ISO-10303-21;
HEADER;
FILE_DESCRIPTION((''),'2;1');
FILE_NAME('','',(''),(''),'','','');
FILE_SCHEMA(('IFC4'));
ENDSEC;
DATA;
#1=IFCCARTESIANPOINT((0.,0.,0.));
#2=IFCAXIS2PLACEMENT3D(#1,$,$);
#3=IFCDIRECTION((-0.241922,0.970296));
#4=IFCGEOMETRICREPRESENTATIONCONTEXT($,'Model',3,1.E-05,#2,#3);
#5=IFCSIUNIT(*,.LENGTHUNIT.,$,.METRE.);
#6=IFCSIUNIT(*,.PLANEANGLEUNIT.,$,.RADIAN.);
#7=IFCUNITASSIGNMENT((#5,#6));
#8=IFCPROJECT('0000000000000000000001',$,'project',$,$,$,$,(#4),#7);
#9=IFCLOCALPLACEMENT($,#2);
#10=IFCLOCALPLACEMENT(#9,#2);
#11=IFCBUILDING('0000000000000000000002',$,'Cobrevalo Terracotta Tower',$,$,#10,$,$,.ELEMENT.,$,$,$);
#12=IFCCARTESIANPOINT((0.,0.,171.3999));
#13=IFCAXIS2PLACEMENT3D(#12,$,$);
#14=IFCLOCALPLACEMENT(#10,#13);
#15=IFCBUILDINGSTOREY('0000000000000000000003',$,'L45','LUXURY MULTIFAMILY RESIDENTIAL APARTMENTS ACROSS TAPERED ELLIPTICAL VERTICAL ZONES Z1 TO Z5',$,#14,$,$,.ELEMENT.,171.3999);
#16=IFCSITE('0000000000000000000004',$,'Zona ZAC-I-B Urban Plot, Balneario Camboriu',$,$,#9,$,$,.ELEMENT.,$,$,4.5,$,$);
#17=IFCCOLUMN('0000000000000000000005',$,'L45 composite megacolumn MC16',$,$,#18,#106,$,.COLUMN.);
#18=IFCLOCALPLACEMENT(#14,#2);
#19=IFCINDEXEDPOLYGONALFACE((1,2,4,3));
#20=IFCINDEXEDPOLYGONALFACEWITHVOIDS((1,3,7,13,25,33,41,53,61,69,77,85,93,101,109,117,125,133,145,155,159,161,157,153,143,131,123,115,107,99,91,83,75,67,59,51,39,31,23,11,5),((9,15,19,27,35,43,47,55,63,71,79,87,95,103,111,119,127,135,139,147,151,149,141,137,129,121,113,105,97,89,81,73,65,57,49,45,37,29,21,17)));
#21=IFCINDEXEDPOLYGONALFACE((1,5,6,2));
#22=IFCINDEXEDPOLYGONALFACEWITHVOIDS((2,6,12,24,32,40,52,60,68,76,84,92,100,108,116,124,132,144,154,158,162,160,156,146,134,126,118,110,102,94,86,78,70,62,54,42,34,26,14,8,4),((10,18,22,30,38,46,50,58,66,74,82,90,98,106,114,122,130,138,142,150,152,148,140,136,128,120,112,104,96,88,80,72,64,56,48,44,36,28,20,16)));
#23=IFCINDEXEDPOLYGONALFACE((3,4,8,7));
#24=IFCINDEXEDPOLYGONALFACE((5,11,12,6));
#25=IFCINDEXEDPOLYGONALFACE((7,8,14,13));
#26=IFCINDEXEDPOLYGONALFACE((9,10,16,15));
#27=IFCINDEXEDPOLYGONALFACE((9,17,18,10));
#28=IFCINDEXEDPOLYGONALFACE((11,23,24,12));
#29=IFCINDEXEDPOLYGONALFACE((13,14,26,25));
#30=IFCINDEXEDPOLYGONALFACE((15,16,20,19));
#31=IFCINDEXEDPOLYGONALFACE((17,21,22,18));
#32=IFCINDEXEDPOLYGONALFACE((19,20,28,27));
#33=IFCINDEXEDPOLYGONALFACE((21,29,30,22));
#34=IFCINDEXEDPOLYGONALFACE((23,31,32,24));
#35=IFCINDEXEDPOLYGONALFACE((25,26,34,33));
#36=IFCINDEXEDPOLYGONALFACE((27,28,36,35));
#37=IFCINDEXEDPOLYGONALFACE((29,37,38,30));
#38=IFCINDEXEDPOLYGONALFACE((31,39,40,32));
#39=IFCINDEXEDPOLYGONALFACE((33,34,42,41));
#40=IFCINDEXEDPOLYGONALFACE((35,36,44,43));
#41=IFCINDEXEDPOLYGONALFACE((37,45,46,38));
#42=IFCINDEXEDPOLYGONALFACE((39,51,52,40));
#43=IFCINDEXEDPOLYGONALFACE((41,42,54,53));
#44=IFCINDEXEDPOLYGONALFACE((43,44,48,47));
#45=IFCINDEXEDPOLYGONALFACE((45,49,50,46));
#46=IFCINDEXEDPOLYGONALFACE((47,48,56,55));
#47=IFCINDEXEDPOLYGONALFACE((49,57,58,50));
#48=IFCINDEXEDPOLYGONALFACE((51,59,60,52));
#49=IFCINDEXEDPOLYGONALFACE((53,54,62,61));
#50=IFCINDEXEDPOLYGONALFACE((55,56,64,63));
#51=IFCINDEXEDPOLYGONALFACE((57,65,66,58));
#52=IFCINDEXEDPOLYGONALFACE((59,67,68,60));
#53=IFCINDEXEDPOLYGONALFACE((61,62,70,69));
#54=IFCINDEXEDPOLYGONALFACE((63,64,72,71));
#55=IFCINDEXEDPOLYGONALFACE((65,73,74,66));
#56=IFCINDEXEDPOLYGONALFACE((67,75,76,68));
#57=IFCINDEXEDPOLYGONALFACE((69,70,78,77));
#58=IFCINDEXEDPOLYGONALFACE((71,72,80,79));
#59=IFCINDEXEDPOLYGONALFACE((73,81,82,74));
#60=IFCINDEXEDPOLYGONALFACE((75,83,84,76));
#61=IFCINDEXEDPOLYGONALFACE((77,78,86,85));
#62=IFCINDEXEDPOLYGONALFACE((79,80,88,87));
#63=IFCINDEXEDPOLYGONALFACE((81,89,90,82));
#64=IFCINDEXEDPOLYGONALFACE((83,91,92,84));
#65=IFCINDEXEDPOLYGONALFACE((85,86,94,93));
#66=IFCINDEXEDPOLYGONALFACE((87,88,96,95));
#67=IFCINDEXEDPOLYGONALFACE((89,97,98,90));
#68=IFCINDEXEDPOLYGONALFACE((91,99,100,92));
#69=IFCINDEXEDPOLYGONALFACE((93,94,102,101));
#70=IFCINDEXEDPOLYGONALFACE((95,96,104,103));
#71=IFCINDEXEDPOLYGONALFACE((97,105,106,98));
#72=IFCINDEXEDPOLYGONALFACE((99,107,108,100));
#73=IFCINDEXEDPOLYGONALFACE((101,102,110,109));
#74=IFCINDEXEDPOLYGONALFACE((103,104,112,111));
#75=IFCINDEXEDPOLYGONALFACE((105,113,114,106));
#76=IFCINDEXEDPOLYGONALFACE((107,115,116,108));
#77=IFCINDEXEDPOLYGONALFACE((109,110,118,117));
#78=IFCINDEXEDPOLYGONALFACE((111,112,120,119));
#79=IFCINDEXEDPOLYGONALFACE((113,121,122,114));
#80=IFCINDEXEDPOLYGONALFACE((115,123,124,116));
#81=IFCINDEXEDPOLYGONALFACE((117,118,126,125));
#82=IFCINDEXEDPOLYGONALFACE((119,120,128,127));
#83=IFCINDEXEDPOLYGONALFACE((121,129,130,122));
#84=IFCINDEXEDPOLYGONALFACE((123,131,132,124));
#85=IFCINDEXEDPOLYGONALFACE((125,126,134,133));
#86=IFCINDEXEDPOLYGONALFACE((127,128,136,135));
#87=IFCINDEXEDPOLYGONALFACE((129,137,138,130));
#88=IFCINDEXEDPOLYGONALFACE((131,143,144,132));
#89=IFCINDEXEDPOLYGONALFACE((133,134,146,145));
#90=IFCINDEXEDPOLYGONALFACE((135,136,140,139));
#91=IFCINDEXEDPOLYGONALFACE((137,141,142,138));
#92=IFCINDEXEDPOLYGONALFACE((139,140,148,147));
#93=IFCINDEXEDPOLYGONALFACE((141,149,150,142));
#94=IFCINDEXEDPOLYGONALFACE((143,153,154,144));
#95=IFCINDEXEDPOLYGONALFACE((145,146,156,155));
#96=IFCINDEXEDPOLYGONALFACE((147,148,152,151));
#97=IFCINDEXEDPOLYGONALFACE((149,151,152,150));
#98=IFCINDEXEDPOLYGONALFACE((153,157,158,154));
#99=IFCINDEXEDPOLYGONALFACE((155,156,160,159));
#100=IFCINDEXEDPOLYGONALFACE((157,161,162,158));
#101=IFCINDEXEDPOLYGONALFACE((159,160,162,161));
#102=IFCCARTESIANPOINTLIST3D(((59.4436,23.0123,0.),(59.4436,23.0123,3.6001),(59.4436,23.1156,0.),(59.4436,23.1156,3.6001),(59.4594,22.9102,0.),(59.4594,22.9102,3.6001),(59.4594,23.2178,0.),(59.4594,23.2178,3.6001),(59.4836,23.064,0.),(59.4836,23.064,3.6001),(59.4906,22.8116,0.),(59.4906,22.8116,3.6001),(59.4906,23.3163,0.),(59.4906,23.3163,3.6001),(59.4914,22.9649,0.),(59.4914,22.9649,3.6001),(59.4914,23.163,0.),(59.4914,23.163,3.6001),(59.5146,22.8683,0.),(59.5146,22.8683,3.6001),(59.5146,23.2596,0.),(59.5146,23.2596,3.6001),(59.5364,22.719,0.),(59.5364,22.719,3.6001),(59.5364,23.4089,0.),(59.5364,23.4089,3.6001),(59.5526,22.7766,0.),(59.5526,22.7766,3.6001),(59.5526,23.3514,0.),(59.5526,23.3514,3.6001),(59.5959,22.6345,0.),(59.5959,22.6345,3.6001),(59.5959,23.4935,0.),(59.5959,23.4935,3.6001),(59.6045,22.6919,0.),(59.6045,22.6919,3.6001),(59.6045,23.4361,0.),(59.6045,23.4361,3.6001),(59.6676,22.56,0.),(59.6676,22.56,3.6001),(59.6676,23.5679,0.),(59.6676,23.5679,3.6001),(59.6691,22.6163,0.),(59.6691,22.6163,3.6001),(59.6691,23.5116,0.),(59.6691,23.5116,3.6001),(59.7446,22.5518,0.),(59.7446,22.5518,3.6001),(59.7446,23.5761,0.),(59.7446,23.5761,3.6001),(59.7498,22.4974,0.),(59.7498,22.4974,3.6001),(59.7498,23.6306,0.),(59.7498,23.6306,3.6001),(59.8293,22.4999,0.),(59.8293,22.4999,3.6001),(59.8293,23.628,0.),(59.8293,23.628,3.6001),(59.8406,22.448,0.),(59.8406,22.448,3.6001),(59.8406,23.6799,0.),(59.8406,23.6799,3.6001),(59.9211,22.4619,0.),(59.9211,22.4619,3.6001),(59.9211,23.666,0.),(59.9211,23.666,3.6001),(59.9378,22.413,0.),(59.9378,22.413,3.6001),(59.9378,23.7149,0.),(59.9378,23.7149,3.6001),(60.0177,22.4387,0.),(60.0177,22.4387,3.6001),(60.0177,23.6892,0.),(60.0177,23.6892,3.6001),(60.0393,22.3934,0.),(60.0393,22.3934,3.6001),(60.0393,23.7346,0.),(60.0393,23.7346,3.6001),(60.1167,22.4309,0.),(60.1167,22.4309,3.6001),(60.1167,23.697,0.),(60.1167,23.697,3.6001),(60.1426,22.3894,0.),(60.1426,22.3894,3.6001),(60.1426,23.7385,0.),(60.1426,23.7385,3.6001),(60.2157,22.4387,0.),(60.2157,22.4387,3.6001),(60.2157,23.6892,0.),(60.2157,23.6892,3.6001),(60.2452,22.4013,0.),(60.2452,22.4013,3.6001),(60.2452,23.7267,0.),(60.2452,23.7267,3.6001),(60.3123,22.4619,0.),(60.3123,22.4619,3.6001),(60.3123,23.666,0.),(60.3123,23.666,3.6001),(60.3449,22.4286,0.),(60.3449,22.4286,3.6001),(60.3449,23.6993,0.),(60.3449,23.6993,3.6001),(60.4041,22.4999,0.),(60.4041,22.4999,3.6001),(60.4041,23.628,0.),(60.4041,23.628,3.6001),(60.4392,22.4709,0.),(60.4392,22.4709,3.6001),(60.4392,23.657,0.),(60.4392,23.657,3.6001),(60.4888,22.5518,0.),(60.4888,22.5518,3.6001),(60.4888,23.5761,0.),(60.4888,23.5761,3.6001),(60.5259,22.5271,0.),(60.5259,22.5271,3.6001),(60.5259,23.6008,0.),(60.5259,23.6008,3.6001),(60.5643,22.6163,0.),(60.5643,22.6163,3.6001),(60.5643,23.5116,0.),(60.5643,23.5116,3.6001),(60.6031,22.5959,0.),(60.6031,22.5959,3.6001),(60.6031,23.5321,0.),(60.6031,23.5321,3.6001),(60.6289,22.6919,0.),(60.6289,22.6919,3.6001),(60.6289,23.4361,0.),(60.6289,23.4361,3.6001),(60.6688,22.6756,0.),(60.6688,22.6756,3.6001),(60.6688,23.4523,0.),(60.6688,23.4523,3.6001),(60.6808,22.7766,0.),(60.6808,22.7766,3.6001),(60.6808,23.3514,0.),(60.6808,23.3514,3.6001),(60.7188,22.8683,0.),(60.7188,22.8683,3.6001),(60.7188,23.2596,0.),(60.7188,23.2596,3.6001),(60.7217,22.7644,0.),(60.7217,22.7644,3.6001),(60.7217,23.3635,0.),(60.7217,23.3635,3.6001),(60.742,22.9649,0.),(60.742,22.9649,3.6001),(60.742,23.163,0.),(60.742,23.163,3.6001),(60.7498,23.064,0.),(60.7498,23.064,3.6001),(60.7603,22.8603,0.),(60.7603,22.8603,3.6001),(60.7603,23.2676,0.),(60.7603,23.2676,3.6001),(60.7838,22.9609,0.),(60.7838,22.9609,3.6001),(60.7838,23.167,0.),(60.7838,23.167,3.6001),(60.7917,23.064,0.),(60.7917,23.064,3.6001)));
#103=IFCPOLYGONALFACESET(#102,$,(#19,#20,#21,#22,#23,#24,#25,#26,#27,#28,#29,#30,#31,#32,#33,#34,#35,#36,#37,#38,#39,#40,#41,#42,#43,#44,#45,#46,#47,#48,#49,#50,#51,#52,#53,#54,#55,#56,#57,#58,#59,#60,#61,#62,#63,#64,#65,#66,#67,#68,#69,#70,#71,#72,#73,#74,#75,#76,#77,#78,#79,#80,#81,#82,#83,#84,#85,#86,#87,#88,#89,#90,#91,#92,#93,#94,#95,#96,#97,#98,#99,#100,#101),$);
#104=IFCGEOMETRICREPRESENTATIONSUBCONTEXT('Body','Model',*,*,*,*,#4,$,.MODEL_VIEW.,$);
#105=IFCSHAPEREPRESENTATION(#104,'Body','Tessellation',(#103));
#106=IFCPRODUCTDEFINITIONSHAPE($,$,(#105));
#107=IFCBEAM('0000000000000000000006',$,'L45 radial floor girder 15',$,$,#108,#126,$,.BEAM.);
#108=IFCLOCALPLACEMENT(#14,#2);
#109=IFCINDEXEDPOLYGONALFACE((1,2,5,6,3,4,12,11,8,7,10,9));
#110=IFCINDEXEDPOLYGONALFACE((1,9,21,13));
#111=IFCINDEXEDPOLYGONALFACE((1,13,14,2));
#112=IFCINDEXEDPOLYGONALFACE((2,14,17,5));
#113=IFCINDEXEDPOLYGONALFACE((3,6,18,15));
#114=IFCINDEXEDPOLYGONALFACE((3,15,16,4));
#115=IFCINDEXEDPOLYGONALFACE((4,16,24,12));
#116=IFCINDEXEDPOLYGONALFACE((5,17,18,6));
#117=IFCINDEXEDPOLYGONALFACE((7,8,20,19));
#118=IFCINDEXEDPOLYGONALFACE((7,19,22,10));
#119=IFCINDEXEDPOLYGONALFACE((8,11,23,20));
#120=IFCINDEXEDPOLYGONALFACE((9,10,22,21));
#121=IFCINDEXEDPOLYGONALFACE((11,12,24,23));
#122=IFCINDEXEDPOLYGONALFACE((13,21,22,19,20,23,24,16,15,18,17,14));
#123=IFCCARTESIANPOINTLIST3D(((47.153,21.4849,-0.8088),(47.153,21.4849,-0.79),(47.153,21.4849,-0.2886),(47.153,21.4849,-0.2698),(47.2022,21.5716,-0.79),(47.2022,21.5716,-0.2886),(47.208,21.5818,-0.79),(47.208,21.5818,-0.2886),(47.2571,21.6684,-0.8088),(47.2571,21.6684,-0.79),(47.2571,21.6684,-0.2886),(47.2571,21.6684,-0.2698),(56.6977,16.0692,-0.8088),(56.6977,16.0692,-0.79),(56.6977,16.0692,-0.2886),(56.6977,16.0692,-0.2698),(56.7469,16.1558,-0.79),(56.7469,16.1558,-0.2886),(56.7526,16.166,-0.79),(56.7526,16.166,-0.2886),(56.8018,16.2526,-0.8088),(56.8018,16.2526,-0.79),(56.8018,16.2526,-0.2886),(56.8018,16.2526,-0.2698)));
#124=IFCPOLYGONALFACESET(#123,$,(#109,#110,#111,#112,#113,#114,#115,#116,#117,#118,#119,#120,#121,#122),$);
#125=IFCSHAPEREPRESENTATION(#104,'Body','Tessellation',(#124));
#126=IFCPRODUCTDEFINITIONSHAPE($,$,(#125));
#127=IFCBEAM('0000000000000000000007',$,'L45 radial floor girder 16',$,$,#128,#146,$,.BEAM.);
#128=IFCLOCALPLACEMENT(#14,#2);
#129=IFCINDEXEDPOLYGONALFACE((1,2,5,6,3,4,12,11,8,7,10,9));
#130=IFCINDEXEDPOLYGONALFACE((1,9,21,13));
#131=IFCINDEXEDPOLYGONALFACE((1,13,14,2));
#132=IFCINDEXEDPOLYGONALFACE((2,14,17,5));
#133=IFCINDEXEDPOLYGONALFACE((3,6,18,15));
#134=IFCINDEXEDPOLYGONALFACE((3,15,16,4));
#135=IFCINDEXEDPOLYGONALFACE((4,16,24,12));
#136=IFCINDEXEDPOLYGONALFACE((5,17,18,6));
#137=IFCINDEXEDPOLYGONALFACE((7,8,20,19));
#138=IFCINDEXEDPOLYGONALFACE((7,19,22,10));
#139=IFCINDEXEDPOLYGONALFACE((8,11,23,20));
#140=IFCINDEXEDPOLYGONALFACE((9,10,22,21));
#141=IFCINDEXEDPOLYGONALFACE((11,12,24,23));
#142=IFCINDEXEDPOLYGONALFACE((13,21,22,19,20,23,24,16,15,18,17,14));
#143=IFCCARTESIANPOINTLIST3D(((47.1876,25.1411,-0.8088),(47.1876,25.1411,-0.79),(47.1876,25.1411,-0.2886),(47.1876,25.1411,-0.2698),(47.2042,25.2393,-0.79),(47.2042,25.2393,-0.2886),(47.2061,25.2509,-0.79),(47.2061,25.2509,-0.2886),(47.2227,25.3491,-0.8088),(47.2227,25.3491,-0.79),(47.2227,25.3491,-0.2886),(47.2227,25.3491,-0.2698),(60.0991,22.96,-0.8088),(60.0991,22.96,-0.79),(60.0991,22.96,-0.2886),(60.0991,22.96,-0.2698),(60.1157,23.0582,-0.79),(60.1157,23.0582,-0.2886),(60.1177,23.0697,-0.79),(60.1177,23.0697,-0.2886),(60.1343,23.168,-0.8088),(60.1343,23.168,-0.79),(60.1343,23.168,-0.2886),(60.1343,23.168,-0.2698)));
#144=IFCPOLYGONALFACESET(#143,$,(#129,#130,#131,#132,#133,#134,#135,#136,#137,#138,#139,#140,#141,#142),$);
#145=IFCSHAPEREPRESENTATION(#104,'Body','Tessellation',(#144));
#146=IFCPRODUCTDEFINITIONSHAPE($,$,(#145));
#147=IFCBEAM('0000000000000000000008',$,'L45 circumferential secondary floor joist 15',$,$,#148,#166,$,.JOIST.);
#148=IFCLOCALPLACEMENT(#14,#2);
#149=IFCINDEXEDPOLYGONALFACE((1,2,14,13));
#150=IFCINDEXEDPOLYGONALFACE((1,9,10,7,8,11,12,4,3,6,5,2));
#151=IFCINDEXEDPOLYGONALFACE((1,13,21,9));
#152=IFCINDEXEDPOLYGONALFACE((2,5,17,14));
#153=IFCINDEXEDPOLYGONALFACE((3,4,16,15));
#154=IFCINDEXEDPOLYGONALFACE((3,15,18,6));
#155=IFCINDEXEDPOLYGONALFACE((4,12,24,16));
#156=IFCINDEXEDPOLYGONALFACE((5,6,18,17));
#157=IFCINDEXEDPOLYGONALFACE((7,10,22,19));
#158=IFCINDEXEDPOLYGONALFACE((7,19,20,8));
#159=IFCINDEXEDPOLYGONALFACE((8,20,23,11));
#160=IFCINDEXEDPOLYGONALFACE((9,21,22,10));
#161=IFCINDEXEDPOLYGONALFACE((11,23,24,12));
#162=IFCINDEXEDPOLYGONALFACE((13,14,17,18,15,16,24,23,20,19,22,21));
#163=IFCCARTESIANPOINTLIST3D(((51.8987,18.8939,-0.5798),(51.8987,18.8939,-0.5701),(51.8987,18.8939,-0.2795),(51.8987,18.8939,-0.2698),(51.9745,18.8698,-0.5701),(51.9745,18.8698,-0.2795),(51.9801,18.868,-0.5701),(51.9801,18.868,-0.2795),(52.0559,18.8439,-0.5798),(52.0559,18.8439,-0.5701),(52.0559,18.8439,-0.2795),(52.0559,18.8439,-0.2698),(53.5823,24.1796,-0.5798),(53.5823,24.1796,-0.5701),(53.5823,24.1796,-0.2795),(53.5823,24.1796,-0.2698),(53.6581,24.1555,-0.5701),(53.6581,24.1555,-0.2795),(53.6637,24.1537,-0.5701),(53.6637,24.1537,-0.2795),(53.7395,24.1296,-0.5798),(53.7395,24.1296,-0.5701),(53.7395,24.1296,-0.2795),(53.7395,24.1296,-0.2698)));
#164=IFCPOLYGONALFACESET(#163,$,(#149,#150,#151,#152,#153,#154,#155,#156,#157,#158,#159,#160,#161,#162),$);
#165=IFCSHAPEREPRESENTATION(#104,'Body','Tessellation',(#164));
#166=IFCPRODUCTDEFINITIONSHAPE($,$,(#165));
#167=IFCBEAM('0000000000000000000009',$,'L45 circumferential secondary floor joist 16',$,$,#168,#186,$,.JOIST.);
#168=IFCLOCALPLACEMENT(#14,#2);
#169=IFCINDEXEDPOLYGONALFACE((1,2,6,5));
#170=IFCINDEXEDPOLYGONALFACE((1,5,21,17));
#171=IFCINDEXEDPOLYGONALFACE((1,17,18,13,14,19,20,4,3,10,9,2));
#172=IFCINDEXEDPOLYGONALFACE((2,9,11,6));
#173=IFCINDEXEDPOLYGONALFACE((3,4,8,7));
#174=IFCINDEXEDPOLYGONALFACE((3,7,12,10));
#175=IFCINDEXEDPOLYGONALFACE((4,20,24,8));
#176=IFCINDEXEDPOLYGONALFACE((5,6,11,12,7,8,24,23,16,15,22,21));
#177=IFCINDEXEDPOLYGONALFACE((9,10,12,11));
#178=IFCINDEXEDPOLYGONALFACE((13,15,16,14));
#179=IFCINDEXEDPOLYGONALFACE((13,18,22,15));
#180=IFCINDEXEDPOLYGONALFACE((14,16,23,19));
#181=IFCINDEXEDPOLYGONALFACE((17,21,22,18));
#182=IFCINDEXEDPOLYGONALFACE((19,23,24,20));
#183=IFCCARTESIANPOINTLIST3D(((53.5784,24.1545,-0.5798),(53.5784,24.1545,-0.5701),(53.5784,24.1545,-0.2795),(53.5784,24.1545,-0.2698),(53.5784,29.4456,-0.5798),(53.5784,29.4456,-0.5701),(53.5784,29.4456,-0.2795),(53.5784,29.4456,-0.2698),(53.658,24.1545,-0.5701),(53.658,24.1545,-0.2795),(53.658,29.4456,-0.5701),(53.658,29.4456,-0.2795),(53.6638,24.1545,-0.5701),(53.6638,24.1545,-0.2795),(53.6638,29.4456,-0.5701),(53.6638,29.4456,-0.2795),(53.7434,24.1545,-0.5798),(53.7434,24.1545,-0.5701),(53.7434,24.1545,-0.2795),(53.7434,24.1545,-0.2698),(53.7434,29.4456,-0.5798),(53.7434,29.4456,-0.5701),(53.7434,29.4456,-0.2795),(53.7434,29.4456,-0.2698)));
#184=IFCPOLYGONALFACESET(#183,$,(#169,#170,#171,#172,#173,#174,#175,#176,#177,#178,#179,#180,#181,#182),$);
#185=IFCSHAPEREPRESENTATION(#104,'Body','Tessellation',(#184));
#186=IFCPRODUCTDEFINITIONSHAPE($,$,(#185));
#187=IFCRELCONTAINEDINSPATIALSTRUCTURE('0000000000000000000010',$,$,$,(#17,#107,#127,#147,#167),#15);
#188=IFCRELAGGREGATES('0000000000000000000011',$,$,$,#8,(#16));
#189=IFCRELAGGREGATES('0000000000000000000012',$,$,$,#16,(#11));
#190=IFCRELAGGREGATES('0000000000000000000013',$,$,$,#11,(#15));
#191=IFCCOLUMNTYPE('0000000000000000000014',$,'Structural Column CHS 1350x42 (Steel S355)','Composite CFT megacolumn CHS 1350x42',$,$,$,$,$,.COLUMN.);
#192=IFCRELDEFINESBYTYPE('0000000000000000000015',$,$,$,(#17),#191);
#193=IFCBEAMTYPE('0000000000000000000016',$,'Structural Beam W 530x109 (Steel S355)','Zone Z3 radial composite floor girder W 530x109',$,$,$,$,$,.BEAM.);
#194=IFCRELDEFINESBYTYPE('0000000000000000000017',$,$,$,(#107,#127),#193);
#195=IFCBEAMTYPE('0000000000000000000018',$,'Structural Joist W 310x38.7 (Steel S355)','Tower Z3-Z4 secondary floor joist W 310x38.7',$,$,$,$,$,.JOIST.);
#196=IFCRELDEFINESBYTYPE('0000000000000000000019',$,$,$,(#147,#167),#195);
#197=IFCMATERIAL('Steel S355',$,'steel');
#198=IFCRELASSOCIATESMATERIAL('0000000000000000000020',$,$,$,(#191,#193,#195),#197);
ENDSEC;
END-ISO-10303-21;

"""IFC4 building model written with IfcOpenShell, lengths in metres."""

from ifc_helpers import new_model, si_unit, direction, frame, origin, origin_2d, place, context, subcontext, project, spatial, hollow_circle, i_section, extrude, material, material_profile, profile_set, type_object, element, save


model = new_model("IFC4")

# Units and contexts
model_context = context("Model", 3, precision=1e-05, world=origin(), true_north=direction((-0.241922, 0.970296)))
body_context = subcontext(model_context, "Body", "Model", "MODEL_VIEW")
ifc_project = project(units=[si_unit("LENGTHUNIT", "METRE"), si_unit("PLANEANGLEUNIT", "RADIAN")], contexts=[model_context])

# Site, building, storey
site_placement = place(None, origin())
site = spatial("IfcSite", under=ifc_project, at=site_placement, Name="Zona ZAC-I-B Urban Plot, Balneario Camboriu", CompositionType="ELEMENT", RefElevation=4.5)
building_placement = place(site_placement, origin())
building = spatial("IfcBuilding", under=site, at=building_placement, Name="Cobrevalo Terracotta Tower", CompositionType="ELEMENT")
storey_placement = place(building_placement, frame((0.0, 0.0, 171.3999)))
storey = spatial("IfcBuildingStorey", under=building, at=storey_placement, Name="L45", Description="LUXURY MULTIFAMILY RESIDENTIAL APARTMENTS ACROSS TAPERED ELLIPTICAL VERTICAL ZONES Z1 TO Z5", CompositionType="ELEMENT", Elevation=171.3999)

# Column
ifc_material_1 = material(Name="Steel S355", Category="steel")
ifc_material_profile_1 = material_profile(ifc_material_1, hollow_circle(Radius=0.675, WallThickness=0.042, at=origin_2d()), Name="CHS 1350x42")
ifc_profile_set_1 = profile_set([ifc_material_profile_1], Name="Steel S355")
column_type = type_object("IfcColumnType", Name="Structural Column CHS 1350x42 (Steel S355)", Description="Composite CFT megacolumn CHS 1350x42", PredefinedType="COLUMN", material=ifc_profile_set_1)
column_placement = place(storey_placement, frame((60.1167, 23.064, 0.0), z_axis=(0.0, 0.0, 1.0), x_axis=(1.0, 0.0, 0.0)))
element("IfcColumn", 1, at=column_placement, inside=storey, type_object=column_type, Name="L45 composite megacolumn MC16", PredefinedType="COLUMN", context=body_context, shape_type="SweptSolid", body=[
    extrude(hollow_circle(Radius=0.675, WallThickness=0.042, at=origin_2d()), origin(), (0.0, 0.0, 1.0), 3.6001),
])

# Beams
ifc_material_profile_2 = material_profile(ifc_material_1, i_section(OverallWidth=0.2109, OverallDepth=0.5391, WebThickness=0.0117, FlangeThickness=0.0188, at=origin_2d()), Name="W 530x109")
ifc_profile_set_2 = profile_set([ifc_material_profile_2], Name="Steel S355")
beam_type_1 = type_object("IfcBeamType", Name="Structural Beam W 530x109 (Steel S355)", Description="Zone Z3 radial composite floor girder W 530x109", PredefinedType="BEAM", material=ifc_profile_set_2)
beam_1_placement = place(storey_placement, frame((56.7498, 16.1609, -0.5393), z_axis=(-0.869744, 0.493504, 0.0), x_axis=(-0.493504, -0.869744, 0.0)))
element("IfcBeam", 2, at=beam_1_placement, inside=storey, type_object=beam_type_1, Name="L45 radial floor girder 15", PredefinedType="BEAM", context=body_context, shape_type="SweptSolid", body=[
    extrude(i_section(OverallWidth=0.2109, OverallDepth=0.5391, WebThickness=0.0117, FlangeThickness=0.0188, at=origin_2d()), origin(), (0.0, 0.0, 1.0), 10.9741),
])
beam_2_placement = place(storey_placement, frame((60.1167, 23.064, -0.5393), z_axis=(-0.98603, 0.166569, 0.0), x_axis=(-0.166569, -0.98603, 0.0)))
element("IfcBeam", 3, at=beam_2_placement, inside=storey, type_object=beam_type_1, Name="L45 radial floor girder 16", PredefinedType="BEAM", context=body_context, shape_type="SweptSolid", body=[
    extrude(i_section(OverallWidth=0.2109, OverallDepth=0.5391, WebThickness=0.0117, FlangeThickness=0.0188, at=origin_2d()), origin(), (0.0, 0.0, 1.0), 13.0945),
])
ifc_material_profile_3 = material_profile(ifc_material_1, i_section(OverallWidth=0.165, OverallDepth=0.3101, WebThickness=0.0059, FlangeThickness=0.0098, at=origin_2d()), Name="W 310x38.7")
ifc_profile_set_3 = profile_set([ifc_material_profile_3], Name="Steel S355")
beam_type_2 = type_object("IfcBeamType", Name="Structural Joist W 310x38.7 (Steel S355)", Description="Tower Z3-Z4 secondary floor joist W 310x38.7", PredefinedType="JOIST", material=ifc_profile_set_3)
beam_3_placement = place(storey_placement, frame((51.9773, 18.8689, -0.4248), z_axis=(0.303498, 0.952832, 0.0), x_axis=(-0.952832, 0.303498, 0.0)))
element("IfcBeam", 4, at=beam_3_placement, inside=storey, type_object=beam_type_2, Name="L45 circumferential secondary floor joist 15", PredefinedType="JOIST", context=body_context, shape_type="SweptSolid", body=[
    extrude(i_section(OverallWidth=0.165, OverallDepth=0.3101, WebThickness=0.0059, FlangeThickness=0.0098, at=origin_2d()), origin(), (0.0, 0.0, 1.0), 5.5474),
])
beam_4_placement = place(storey_placement, frame((53.6609, 24.1545, -0.4248), z_axis=(0.0, 1.0, 0.0), x_axis=(-1.0, 0.0, 0.0)))
element("IfcBeam", 5, at=beam_4_placement, inside=storey, type_object=beam_type_2, Name="L45 circumferential secondary floor joist 16", PredefinedType="JOIST", context=body_context, shape_type="SweptSolid", body=[
    extrude(i_section(OverallWidth=0.165, OverallDepth=0.3101, WebThickness=0.0059, FlangeThickness=0.0098, at=origin_2d()), origin(), (0.0, 0.0, 1.0), 5.291),
])

save(model, "model.ifc")
